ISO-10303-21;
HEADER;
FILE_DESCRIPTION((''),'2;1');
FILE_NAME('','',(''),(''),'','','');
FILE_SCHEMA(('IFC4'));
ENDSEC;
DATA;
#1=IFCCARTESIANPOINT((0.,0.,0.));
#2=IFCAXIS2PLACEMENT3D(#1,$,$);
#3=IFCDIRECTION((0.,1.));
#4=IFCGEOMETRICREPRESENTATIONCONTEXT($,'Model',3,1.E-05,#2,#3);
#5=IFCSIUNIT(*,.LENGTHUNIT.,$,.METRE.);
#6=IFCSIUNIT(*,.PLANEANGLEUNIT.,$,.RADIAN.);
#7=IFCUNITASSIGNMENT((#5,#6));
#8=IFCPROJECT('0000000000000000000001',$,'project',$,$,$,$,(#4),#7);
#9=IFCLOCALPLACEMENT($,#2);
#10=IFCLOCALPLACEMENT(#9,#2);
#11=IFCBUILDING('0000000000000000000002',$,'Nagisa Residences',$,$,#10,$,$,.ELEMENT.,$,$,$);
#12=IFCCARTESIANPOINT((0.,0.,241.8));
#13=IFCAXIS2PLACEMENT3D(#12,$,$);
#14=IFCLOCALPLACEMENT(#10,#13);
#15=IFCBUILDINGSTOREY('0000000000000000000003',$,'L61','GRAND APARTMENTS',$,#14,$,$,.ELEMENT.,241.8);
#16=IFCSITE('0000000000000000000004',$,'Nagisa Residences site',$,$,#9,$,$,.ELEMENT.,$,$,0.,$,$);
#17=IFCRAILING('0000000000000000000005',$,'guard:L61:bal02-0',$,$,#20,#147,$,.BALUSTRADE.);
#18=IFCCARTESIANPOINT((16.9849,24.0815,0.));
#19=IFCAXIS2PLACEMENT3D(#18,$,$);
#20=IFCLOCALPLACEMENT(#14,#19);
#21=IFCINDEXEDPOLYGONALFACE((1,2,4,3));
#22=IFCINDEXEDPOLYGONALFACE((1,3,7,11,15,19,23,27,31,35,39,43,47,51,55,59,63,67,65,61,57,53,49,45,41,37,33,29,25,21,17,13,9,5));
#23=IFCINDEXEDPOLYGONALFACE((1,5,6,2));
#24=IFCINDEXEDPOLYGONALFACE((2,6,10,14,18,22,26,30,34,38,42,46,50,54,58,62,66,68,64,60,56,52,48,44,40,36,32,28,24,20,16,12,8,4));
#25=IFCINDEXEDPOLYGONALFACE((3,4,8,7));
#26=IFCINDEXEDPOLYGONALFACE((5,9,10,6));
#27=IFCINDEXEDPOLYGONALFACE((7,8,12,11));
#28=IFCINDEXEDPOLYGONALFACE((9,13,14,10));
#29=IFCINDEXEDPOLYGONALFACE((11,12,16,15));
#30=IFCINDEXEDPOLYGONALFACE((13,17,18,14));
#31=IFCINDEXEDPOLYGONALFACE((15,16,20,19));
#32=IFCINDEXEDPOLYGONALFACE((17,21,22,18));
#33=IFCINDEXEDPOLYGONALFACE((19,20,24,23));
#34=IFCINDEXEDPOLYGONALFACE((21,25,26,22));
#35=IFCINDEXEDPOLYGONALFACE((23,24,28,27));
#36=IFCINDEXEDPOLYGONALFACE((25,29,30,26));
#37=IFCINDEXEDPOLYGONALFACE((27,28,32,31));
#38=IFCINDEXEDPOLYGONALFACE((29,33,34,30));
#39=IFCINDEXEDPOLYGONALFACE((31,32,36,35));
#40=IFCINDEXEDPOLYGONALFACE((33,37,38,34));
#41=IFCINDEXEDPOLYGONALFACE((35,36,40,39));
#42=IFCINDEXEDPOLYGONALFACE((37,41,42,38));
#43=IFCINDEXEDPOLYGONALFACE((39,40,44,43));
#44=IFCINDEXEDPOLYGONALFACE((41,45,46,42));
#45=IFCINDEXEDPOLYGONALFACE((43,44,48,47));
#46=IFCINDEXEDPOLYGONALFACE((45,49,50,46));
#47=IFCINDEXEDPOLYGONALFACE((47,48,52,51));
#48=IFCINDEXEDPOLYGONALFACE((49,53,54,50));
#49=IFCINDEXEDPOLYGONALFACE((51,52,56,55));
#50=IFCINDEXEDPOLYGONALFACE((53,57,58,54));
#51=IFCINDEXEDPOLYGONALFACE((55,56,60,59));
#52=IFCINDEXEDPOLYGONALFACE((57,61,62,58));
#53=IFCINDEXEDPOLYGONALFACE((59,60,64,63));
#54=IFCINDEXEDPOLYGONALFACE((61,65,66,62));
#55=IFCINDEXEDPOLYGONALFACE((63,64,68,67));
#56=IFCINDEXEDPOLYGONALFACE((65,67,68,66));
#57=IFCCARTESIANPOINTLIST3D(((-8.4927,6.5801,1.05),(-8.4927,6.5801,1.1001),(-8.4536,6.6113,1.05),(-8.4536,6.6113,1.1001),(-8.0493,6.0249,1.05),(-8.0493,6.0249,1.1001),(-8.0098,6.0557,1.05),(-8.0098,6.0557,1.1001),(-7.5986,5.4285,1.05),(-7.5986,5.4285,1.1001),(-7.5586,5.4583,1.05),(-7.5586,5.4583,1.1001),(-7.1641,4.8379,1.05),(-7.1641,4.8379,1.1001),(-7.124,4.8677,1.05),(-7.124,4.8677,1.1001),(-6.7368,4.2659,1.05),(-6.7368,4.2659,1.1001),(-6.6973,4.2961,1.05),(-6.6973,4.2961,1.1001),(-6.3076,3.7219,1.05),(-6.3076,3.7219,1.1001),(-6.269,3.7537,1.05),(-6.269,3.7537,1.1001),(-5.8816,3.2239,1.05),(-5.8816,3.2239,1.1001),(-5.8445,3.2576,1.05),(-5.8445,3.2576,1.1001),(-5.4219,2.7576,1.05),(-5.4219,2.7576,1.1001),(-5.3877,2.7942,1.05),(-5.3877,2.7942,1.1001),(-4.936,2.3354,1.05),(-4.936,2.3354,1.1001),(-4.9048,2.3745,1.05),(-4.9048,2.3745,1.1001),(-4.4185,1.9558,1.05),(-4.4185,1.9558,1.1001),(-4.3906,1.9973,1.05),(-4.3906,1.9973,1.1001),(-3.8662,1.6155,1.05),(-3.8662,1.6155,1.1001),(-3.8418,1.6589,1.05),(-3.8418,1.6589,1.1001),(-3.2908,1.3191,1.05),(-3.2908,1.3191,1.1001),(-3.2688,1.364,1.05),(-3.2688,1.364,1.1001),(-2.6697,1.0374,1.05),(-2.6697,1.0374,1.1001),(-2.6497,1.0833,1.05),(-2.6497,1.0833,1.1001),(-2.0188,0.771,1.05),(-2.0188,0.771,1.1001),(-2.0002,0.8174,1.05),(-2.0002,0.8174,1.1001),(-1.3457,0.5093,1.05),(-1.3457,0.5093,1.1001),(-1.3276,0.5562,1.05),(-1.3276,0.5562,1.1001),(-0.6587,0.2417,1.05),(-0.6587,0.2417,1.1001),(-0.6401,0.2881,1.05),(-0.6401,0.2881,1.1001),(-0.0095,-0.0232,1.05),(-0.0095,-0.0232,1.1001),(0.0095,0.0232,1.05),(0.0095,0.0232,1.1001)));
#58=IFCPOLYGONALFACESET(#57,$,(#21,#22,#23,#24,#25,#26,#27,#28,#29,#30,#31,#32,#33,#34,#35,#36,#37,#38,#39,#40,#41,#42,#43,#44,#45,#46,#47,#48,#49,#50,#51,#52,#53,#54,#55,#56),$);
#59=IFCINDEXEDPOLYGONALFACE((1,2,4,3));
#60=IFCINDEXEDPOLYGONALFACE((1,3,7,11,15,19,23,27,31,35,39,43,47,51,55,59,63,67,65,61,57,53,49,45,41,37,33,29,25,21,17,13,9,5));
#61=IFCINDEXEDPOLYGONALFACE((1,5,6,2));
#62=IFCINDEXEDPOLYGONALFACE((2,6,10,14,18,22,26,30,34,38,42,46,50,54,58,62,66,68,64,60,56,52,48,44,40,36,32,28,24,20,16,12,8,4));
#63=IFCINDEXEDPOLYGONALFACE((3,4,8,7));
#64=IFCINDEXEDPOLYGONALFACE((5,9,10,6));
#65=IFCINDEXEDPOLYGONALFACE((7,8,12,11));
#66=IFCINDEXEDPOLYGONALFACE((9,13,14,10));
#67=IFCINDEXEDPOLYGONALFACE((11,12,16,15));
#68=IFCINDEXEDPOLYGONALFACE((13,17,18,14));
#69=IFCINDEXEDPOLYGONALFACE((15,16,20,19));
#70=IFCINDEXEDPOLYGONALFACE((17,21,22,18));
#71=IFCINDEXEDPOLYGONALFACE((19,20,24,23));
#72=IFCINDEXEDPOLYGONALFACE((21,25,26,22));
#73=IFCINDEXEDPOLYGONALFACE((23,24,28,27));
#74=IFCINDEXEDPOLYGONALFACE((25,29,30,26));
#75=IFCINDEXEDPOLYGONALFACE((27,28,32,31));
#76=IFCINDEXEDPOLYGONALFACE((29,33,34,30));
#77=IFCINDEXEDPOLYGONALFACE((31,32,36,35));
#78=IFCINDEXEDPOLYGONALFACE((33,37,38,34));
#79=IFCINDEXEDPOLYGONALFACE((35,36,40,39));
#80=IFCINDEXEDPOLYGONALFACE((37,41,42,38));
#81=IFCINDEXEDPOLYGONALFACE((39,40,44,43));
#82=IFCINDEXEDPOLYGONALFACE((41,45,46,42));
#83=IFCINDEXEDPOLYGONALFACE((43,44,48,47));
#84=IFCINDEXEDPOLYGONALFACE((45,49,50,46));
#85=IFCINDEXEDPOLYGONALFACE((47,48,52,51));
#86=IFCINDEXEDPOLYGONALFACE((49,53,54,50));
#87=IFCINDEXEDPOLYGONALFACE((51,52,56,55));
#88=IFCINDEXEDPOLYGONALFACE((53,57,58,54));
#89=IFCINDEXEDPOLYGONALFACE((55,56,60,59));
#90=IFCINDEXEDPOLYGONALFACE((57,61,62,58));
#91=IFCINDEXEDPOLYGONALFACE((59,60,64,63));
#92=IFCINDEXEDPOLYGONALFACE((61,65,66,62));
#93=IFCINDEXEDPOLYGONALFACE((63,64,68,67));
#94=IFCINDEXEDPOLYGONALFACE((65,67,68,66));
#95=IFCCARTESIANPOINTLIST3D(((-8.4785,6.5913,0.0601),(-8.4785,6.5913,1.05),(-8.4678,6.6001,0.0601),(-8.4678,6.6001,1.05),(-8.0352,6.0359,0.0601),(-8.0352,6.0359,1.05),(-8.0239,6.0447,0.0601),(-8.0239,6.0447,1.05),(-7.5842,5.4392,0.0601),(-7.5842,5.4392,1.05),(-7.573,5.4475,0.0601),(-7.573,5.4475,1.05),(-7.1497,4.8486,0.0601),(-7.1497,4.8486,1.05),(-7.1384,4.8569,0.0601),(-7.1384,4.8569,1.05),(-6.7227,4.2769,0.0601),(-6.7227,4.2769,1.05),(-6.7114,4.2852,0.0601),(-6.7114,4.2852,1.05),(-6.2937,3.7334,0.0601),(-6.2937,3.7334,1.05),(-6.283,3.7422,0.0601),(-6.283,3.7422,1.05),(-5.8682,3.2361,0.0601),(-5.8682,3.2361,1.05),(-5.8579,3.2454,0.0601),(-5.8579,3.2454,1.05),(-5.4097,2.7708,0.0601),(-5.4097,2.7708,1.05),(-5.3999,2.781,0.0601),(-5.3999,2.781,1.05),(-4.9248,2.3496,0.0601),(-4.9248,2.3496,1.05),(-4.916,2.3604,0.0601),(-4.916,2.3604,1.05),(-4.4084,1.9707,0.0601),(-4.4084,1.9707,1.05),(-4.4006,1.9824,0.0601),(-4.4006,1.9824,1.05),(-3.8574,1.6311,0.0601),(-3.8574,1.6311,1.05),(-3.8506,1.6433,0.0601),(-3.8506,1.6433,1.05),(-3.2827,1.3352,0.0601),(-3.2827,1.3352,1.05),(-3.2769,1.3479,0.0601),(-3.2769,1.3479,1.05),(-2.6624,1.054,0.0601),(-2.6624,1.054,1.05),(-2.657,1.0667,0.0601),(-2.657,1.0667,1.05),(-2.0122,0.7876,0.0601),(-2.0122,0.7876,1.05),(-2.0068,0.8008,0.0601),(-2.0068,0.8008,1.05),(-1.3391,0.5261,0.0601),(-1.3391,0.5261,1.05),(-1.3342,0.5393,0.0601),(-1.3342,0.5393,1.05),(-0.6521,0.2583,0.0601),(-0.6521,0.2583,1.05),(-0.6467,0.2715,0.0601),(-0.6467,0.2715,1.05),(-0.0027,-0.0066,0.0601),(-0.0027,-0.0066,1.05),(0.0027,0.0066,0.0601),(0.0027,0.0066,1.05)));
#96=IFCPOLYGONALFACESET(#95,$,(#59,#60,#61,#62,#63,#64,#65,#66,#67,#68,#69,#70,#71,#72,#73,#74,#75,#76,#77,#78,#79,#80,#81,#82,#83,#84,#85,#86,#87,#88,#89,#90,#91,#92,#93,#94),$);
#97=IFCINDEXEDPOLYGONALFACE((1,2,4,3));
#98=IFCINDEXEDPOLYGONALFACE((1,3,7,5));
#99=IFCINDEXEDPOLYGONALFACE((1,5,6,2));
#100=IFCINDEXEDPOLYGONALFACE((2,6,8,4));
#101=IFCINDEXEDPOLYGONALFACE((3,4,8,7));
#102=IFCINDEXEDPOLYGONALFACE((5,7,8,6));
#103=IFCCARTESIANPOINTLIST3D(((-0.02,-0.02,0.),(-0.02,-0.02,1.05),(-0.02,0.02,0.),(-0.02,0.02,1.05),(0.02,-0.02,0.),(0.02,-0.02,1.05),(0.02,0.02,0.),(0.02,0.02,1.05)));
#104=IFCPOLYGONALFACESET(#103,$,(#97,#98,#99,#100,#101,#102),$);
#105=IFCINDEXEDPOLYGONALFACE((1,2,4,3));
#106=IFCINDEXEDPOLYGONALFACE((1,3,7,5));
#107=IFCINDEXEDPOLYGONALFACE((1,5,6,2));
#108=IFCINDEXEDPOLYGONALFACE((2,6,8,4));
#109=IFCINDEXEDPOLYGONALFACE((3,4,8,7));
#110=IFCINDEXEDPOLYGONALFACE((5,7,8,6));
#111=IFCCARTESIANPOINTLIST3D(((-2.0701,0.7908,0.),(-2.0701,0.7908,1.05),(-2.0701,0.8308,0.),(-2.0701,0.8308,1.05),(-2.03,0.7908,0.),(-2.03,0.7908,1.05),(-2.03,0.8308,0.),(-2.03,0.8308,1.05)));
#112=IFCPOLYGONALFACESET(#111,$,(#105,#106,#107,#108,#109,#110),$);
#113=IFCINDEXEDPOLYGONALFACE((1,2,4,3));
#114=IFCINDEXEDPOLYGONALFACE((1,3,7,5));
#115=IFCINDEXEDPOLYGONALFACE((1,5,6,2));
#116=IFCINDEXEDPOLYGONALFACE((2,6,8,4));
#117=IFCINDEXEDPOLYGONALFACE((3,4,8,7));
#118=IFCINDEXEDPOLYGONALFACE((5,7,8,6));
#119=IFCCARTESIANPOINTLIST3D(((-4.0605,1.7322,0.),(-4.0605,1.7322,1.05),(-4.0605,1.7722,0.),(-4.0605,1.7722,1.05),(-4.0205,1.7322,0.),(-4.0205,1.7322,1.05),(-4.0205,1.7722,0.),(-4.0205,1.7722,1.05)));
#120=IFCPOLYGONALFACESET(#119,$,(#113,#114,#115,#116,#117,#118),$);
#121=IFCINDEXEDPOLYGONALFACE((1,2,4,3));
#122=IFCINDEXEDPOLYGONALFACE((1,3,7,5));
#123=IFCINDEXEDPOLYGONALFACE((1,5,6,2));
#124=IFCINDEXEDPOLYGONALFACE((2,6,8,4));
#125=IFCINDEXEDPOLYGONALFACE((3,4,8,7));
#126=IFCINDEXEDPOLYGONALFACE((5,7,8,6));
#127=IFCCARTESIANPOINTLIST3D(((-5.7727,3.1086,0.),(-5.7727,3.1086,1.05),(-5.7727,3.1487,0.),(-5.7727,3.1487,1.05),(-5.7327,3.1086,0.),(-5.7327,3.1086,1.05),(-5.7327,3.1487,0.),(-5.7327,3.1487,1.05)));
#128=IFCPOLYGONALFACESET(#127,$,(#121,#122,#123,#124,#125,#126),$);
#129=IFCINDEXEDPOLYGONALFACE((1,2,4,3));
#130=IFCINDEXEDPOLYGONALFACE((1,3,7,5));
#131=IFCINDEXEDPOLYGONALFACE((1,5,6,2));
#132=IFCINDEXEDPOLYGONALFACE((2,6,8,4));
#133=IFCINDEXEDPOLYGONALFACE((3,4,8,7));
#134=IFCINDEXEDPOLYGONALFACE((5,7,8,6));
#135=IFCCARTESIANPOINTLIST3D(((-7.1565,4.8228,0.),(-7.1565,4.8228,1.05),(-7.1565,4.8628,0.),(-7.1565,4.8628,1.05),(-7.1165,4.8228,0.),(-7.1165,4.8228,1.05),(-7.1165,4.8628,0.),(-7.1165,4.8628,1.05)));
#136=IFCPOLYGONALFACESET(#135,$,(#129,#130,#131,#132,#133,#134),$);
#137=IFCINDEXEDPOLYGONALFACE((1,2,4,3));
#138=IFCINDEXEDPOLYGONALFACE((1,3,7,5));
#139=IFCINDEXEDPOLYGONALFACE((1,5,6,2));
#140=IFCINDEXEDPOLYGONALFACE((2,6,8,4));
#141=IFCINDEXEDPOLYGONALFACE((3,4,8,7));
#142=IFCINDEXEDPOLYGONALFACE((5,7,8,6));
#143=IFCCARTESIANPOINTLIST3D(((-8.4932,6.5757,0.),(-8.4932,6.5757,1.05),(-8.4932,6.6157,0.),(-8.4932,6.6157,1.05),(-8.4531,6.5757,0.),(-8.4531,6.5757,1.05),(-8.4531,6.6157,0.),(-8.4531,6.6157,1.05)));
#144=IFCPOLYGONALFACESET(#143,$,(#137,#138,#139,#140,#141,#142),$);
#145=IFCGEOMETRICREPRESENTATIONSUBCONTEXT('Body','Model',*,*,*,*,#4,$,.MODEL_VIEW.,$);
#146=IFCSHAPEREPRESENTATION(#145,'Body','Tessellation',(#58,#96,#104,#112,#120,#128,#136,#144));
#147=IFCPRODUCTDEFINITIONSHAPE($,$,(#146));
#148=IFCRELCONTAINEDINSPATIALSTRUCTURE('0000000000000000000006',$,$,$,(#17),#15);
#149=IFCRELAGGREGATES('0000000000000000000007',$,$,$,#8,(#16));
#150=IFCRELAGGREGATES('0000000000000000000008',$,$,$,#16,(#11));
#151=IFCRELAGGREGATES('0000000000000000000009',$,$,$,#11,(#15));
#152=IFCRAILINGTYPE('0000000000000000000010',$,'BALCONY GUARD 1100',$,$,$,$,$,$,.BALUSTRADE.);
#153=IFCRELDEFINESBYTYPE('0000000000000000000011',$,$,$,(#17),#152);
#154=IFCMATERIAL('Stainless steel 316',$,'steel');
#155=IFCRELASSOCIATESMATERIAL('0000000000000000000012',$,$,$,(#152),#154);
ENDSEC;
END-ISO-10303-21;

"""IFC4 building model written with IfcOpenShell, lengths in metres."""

from ifc_helpers import new_model, si_unit, direction, frame, origin, origin_2d, place, context, subcontext, project, spatial, polyline, rectangle, outline, extrude, material, type_object, element, save


model = new_model("IFC4")

# Units and contexts
model_context = context("Model", 3, precision=1e-05, world=origin(), true_north=direction((0.0, 1.0)))
body_context = subcontext(model_context, "Body", "Model", "MODEL_VIEW")
ifc_project = project(units=[si_unit("LENGTHUNIT", "METRE"), si_unit("PLANEANGLEUNIT", "RADIAN")], contexts=[model_context])

# Site, building, storey
site_placement = place(None, origin())
site = spatial("IfcSite", under=ifc_project, at=site_placement, Name="Nagisa Residences site", CompositionType="ELEMENT", RefElevation=0.0)
building_placement = place(site_placement, origin())
building = spatial("IfcBuilding", under=site, at=building_placement, Name="Nagisa Residences", CompositionType="ELEMENT")
storey_placement = place(building_placement, frame((0.0, 0.0, 241.8)))
storey = spatial("IfcBuildingStorey", under=building, at=storey_placement, Name="L61", Description="GRAND APARTMENTS", CompositionType="ELEMENT", Elevation=241.8)

# Railing
ifc_material_1 = material(Name="Stainless steel 316", Category="steel")
railing_type = type_object("IfcRailingType", Name="BALCONY GUARD 1100", PredefinedType="BALUSTRADE", material=ifc_material_1)
railing_1_placement = place(storey_placement, frame((16.9849, 24.0815, 0.0)))
element("IfcRailing", 1, at=railing_1_placement, inside=storey, type_object=railing_type, Name="guard:L61:bal02-0", PredefinedType="BALUSTRADE", context=body_context, shape_type="SweptSolid", body=[
    extrude(outline(polyline([(-0.6587, 0.2417), (-0.0095, -0.0232), (0.0095, 0.0232), (-0.6401, 0.2881), (-1.3276, 0.5562), (-2.0002, 0.8174), (-2.6497, 1.0833), (-3.2688, 1.364), (-3.8418, 1.6589), (-4.3906, 1.9973), (-4.9048, 2.3745), (-5.3877, 2.7942), (-5.8445, 3.2576), (-6.269, 3.7537), (-6.6973, 4.2961), (-7.124, 4.8677), (-7.5586, 5.4583), (-8.0098, 6.0557), (-8.4536, 6.6113), (-8.4927, 6.5801), (-8.0493, 6.0249), (-7.5986, 5.4285), (-7.1641, 4.8379), (-6.7368, 4.2659), (-6.3076, 3.7219), (-5.8816, 3.2239), (-5.4219, 2.7576), (-4.936, 2.3354), (-4.4185, 1.9558), (-3.8662, 1.6155), (-3.2908, 1.3191), (-2.6697, 1.0374), (-2.0188, 0.771), (-1.3457, 0.5093), (-0.6587, 0.2417)])), frame((0.0, 0.0, 1.05)), (0.0, 0.0, 1.0), 0.05),
    extrude(outline(polyline([(-0.6521, 0.2583), (-0.0027, -0.0066), (0.0027, 0.0066), (-0.6467, 0.2715), (-1.3342, 0.5393), (-2.0068, 0.8008), (-2.657, 1.0667), (-3.2769, 1.3479), (-3.8506, 1.6433), (-4.4006, 1.9824), (-4.916, 2.3604), (-5.3999, 2.781), (-5.8579, 3.2454), (-6.283, 3.7422), (-6.7114, 4.2852), (-7.1384, 4.8569), (-7.573, 5.4475), (-8.0239, 6.0447), (-8.4678, 6.6001), (-8.4785, 6.5913), (-8.0352, 6.0359), (-7.5842, 5.4392), (-7.1497, 4.8486), (-6.7227, 4.2769), (-6.2937, 3.7334), (-5.8682, 3.2361), (-5.4097, 2.7708), (-4.9248, 2.3496), (-4.4084, 1.9707), (-3.8574, 1.6311), (-3.2827, 1.3352), (-2.6624, 1.054), (-2.0122, 0.7876), (-1.3391, 0.5261), (-0.6521, 0.2583)])), frame((0.0, 0.0, 0.0601)), (0.0, 0.0, 1.0), 0.99),
    extrude(rectangle(XDim=0.04, YDim=0.04, at=origin_2d()), origin(), (0.0, 0.0, 1.0), 1.05),
    extrude(rectangle(XDim=0.04, YDim=0.04, at=origin_2d()), frame((-2.05, 0.8108, 0.0)), (0.0, 0.0, 1.0), 1.05),
    extrude(rectangle(XDim=0.04, YDim=0.04, at=origin_2d()), frame((-4.0405, 1.7522, 0.0)), (0.0, 0.0, 1.0), 1.05),
    extrude(rectangle(XDim=0.04, YDim=0.04, at=origin_2d()), frame((-5.7527, 3.1287, 0.0)), (0.0, 0.0, 1.0), 1.05),
    extrude(rectangle(XDim=0.04, YDim=0.04, at=origin_2d()), frame((-7.1365, 4.8428, 0.0)), (0.0, 0.0, 1.0), 1.05),
    extrude(rectangle(XDim=0.04, YDim=0.04, at=origin_2d()), frame((-8.4731, 6.5957, 0.0)), (0.0, 0.0, 1.0), 1.05),
])

save(model, "model.ifc")
